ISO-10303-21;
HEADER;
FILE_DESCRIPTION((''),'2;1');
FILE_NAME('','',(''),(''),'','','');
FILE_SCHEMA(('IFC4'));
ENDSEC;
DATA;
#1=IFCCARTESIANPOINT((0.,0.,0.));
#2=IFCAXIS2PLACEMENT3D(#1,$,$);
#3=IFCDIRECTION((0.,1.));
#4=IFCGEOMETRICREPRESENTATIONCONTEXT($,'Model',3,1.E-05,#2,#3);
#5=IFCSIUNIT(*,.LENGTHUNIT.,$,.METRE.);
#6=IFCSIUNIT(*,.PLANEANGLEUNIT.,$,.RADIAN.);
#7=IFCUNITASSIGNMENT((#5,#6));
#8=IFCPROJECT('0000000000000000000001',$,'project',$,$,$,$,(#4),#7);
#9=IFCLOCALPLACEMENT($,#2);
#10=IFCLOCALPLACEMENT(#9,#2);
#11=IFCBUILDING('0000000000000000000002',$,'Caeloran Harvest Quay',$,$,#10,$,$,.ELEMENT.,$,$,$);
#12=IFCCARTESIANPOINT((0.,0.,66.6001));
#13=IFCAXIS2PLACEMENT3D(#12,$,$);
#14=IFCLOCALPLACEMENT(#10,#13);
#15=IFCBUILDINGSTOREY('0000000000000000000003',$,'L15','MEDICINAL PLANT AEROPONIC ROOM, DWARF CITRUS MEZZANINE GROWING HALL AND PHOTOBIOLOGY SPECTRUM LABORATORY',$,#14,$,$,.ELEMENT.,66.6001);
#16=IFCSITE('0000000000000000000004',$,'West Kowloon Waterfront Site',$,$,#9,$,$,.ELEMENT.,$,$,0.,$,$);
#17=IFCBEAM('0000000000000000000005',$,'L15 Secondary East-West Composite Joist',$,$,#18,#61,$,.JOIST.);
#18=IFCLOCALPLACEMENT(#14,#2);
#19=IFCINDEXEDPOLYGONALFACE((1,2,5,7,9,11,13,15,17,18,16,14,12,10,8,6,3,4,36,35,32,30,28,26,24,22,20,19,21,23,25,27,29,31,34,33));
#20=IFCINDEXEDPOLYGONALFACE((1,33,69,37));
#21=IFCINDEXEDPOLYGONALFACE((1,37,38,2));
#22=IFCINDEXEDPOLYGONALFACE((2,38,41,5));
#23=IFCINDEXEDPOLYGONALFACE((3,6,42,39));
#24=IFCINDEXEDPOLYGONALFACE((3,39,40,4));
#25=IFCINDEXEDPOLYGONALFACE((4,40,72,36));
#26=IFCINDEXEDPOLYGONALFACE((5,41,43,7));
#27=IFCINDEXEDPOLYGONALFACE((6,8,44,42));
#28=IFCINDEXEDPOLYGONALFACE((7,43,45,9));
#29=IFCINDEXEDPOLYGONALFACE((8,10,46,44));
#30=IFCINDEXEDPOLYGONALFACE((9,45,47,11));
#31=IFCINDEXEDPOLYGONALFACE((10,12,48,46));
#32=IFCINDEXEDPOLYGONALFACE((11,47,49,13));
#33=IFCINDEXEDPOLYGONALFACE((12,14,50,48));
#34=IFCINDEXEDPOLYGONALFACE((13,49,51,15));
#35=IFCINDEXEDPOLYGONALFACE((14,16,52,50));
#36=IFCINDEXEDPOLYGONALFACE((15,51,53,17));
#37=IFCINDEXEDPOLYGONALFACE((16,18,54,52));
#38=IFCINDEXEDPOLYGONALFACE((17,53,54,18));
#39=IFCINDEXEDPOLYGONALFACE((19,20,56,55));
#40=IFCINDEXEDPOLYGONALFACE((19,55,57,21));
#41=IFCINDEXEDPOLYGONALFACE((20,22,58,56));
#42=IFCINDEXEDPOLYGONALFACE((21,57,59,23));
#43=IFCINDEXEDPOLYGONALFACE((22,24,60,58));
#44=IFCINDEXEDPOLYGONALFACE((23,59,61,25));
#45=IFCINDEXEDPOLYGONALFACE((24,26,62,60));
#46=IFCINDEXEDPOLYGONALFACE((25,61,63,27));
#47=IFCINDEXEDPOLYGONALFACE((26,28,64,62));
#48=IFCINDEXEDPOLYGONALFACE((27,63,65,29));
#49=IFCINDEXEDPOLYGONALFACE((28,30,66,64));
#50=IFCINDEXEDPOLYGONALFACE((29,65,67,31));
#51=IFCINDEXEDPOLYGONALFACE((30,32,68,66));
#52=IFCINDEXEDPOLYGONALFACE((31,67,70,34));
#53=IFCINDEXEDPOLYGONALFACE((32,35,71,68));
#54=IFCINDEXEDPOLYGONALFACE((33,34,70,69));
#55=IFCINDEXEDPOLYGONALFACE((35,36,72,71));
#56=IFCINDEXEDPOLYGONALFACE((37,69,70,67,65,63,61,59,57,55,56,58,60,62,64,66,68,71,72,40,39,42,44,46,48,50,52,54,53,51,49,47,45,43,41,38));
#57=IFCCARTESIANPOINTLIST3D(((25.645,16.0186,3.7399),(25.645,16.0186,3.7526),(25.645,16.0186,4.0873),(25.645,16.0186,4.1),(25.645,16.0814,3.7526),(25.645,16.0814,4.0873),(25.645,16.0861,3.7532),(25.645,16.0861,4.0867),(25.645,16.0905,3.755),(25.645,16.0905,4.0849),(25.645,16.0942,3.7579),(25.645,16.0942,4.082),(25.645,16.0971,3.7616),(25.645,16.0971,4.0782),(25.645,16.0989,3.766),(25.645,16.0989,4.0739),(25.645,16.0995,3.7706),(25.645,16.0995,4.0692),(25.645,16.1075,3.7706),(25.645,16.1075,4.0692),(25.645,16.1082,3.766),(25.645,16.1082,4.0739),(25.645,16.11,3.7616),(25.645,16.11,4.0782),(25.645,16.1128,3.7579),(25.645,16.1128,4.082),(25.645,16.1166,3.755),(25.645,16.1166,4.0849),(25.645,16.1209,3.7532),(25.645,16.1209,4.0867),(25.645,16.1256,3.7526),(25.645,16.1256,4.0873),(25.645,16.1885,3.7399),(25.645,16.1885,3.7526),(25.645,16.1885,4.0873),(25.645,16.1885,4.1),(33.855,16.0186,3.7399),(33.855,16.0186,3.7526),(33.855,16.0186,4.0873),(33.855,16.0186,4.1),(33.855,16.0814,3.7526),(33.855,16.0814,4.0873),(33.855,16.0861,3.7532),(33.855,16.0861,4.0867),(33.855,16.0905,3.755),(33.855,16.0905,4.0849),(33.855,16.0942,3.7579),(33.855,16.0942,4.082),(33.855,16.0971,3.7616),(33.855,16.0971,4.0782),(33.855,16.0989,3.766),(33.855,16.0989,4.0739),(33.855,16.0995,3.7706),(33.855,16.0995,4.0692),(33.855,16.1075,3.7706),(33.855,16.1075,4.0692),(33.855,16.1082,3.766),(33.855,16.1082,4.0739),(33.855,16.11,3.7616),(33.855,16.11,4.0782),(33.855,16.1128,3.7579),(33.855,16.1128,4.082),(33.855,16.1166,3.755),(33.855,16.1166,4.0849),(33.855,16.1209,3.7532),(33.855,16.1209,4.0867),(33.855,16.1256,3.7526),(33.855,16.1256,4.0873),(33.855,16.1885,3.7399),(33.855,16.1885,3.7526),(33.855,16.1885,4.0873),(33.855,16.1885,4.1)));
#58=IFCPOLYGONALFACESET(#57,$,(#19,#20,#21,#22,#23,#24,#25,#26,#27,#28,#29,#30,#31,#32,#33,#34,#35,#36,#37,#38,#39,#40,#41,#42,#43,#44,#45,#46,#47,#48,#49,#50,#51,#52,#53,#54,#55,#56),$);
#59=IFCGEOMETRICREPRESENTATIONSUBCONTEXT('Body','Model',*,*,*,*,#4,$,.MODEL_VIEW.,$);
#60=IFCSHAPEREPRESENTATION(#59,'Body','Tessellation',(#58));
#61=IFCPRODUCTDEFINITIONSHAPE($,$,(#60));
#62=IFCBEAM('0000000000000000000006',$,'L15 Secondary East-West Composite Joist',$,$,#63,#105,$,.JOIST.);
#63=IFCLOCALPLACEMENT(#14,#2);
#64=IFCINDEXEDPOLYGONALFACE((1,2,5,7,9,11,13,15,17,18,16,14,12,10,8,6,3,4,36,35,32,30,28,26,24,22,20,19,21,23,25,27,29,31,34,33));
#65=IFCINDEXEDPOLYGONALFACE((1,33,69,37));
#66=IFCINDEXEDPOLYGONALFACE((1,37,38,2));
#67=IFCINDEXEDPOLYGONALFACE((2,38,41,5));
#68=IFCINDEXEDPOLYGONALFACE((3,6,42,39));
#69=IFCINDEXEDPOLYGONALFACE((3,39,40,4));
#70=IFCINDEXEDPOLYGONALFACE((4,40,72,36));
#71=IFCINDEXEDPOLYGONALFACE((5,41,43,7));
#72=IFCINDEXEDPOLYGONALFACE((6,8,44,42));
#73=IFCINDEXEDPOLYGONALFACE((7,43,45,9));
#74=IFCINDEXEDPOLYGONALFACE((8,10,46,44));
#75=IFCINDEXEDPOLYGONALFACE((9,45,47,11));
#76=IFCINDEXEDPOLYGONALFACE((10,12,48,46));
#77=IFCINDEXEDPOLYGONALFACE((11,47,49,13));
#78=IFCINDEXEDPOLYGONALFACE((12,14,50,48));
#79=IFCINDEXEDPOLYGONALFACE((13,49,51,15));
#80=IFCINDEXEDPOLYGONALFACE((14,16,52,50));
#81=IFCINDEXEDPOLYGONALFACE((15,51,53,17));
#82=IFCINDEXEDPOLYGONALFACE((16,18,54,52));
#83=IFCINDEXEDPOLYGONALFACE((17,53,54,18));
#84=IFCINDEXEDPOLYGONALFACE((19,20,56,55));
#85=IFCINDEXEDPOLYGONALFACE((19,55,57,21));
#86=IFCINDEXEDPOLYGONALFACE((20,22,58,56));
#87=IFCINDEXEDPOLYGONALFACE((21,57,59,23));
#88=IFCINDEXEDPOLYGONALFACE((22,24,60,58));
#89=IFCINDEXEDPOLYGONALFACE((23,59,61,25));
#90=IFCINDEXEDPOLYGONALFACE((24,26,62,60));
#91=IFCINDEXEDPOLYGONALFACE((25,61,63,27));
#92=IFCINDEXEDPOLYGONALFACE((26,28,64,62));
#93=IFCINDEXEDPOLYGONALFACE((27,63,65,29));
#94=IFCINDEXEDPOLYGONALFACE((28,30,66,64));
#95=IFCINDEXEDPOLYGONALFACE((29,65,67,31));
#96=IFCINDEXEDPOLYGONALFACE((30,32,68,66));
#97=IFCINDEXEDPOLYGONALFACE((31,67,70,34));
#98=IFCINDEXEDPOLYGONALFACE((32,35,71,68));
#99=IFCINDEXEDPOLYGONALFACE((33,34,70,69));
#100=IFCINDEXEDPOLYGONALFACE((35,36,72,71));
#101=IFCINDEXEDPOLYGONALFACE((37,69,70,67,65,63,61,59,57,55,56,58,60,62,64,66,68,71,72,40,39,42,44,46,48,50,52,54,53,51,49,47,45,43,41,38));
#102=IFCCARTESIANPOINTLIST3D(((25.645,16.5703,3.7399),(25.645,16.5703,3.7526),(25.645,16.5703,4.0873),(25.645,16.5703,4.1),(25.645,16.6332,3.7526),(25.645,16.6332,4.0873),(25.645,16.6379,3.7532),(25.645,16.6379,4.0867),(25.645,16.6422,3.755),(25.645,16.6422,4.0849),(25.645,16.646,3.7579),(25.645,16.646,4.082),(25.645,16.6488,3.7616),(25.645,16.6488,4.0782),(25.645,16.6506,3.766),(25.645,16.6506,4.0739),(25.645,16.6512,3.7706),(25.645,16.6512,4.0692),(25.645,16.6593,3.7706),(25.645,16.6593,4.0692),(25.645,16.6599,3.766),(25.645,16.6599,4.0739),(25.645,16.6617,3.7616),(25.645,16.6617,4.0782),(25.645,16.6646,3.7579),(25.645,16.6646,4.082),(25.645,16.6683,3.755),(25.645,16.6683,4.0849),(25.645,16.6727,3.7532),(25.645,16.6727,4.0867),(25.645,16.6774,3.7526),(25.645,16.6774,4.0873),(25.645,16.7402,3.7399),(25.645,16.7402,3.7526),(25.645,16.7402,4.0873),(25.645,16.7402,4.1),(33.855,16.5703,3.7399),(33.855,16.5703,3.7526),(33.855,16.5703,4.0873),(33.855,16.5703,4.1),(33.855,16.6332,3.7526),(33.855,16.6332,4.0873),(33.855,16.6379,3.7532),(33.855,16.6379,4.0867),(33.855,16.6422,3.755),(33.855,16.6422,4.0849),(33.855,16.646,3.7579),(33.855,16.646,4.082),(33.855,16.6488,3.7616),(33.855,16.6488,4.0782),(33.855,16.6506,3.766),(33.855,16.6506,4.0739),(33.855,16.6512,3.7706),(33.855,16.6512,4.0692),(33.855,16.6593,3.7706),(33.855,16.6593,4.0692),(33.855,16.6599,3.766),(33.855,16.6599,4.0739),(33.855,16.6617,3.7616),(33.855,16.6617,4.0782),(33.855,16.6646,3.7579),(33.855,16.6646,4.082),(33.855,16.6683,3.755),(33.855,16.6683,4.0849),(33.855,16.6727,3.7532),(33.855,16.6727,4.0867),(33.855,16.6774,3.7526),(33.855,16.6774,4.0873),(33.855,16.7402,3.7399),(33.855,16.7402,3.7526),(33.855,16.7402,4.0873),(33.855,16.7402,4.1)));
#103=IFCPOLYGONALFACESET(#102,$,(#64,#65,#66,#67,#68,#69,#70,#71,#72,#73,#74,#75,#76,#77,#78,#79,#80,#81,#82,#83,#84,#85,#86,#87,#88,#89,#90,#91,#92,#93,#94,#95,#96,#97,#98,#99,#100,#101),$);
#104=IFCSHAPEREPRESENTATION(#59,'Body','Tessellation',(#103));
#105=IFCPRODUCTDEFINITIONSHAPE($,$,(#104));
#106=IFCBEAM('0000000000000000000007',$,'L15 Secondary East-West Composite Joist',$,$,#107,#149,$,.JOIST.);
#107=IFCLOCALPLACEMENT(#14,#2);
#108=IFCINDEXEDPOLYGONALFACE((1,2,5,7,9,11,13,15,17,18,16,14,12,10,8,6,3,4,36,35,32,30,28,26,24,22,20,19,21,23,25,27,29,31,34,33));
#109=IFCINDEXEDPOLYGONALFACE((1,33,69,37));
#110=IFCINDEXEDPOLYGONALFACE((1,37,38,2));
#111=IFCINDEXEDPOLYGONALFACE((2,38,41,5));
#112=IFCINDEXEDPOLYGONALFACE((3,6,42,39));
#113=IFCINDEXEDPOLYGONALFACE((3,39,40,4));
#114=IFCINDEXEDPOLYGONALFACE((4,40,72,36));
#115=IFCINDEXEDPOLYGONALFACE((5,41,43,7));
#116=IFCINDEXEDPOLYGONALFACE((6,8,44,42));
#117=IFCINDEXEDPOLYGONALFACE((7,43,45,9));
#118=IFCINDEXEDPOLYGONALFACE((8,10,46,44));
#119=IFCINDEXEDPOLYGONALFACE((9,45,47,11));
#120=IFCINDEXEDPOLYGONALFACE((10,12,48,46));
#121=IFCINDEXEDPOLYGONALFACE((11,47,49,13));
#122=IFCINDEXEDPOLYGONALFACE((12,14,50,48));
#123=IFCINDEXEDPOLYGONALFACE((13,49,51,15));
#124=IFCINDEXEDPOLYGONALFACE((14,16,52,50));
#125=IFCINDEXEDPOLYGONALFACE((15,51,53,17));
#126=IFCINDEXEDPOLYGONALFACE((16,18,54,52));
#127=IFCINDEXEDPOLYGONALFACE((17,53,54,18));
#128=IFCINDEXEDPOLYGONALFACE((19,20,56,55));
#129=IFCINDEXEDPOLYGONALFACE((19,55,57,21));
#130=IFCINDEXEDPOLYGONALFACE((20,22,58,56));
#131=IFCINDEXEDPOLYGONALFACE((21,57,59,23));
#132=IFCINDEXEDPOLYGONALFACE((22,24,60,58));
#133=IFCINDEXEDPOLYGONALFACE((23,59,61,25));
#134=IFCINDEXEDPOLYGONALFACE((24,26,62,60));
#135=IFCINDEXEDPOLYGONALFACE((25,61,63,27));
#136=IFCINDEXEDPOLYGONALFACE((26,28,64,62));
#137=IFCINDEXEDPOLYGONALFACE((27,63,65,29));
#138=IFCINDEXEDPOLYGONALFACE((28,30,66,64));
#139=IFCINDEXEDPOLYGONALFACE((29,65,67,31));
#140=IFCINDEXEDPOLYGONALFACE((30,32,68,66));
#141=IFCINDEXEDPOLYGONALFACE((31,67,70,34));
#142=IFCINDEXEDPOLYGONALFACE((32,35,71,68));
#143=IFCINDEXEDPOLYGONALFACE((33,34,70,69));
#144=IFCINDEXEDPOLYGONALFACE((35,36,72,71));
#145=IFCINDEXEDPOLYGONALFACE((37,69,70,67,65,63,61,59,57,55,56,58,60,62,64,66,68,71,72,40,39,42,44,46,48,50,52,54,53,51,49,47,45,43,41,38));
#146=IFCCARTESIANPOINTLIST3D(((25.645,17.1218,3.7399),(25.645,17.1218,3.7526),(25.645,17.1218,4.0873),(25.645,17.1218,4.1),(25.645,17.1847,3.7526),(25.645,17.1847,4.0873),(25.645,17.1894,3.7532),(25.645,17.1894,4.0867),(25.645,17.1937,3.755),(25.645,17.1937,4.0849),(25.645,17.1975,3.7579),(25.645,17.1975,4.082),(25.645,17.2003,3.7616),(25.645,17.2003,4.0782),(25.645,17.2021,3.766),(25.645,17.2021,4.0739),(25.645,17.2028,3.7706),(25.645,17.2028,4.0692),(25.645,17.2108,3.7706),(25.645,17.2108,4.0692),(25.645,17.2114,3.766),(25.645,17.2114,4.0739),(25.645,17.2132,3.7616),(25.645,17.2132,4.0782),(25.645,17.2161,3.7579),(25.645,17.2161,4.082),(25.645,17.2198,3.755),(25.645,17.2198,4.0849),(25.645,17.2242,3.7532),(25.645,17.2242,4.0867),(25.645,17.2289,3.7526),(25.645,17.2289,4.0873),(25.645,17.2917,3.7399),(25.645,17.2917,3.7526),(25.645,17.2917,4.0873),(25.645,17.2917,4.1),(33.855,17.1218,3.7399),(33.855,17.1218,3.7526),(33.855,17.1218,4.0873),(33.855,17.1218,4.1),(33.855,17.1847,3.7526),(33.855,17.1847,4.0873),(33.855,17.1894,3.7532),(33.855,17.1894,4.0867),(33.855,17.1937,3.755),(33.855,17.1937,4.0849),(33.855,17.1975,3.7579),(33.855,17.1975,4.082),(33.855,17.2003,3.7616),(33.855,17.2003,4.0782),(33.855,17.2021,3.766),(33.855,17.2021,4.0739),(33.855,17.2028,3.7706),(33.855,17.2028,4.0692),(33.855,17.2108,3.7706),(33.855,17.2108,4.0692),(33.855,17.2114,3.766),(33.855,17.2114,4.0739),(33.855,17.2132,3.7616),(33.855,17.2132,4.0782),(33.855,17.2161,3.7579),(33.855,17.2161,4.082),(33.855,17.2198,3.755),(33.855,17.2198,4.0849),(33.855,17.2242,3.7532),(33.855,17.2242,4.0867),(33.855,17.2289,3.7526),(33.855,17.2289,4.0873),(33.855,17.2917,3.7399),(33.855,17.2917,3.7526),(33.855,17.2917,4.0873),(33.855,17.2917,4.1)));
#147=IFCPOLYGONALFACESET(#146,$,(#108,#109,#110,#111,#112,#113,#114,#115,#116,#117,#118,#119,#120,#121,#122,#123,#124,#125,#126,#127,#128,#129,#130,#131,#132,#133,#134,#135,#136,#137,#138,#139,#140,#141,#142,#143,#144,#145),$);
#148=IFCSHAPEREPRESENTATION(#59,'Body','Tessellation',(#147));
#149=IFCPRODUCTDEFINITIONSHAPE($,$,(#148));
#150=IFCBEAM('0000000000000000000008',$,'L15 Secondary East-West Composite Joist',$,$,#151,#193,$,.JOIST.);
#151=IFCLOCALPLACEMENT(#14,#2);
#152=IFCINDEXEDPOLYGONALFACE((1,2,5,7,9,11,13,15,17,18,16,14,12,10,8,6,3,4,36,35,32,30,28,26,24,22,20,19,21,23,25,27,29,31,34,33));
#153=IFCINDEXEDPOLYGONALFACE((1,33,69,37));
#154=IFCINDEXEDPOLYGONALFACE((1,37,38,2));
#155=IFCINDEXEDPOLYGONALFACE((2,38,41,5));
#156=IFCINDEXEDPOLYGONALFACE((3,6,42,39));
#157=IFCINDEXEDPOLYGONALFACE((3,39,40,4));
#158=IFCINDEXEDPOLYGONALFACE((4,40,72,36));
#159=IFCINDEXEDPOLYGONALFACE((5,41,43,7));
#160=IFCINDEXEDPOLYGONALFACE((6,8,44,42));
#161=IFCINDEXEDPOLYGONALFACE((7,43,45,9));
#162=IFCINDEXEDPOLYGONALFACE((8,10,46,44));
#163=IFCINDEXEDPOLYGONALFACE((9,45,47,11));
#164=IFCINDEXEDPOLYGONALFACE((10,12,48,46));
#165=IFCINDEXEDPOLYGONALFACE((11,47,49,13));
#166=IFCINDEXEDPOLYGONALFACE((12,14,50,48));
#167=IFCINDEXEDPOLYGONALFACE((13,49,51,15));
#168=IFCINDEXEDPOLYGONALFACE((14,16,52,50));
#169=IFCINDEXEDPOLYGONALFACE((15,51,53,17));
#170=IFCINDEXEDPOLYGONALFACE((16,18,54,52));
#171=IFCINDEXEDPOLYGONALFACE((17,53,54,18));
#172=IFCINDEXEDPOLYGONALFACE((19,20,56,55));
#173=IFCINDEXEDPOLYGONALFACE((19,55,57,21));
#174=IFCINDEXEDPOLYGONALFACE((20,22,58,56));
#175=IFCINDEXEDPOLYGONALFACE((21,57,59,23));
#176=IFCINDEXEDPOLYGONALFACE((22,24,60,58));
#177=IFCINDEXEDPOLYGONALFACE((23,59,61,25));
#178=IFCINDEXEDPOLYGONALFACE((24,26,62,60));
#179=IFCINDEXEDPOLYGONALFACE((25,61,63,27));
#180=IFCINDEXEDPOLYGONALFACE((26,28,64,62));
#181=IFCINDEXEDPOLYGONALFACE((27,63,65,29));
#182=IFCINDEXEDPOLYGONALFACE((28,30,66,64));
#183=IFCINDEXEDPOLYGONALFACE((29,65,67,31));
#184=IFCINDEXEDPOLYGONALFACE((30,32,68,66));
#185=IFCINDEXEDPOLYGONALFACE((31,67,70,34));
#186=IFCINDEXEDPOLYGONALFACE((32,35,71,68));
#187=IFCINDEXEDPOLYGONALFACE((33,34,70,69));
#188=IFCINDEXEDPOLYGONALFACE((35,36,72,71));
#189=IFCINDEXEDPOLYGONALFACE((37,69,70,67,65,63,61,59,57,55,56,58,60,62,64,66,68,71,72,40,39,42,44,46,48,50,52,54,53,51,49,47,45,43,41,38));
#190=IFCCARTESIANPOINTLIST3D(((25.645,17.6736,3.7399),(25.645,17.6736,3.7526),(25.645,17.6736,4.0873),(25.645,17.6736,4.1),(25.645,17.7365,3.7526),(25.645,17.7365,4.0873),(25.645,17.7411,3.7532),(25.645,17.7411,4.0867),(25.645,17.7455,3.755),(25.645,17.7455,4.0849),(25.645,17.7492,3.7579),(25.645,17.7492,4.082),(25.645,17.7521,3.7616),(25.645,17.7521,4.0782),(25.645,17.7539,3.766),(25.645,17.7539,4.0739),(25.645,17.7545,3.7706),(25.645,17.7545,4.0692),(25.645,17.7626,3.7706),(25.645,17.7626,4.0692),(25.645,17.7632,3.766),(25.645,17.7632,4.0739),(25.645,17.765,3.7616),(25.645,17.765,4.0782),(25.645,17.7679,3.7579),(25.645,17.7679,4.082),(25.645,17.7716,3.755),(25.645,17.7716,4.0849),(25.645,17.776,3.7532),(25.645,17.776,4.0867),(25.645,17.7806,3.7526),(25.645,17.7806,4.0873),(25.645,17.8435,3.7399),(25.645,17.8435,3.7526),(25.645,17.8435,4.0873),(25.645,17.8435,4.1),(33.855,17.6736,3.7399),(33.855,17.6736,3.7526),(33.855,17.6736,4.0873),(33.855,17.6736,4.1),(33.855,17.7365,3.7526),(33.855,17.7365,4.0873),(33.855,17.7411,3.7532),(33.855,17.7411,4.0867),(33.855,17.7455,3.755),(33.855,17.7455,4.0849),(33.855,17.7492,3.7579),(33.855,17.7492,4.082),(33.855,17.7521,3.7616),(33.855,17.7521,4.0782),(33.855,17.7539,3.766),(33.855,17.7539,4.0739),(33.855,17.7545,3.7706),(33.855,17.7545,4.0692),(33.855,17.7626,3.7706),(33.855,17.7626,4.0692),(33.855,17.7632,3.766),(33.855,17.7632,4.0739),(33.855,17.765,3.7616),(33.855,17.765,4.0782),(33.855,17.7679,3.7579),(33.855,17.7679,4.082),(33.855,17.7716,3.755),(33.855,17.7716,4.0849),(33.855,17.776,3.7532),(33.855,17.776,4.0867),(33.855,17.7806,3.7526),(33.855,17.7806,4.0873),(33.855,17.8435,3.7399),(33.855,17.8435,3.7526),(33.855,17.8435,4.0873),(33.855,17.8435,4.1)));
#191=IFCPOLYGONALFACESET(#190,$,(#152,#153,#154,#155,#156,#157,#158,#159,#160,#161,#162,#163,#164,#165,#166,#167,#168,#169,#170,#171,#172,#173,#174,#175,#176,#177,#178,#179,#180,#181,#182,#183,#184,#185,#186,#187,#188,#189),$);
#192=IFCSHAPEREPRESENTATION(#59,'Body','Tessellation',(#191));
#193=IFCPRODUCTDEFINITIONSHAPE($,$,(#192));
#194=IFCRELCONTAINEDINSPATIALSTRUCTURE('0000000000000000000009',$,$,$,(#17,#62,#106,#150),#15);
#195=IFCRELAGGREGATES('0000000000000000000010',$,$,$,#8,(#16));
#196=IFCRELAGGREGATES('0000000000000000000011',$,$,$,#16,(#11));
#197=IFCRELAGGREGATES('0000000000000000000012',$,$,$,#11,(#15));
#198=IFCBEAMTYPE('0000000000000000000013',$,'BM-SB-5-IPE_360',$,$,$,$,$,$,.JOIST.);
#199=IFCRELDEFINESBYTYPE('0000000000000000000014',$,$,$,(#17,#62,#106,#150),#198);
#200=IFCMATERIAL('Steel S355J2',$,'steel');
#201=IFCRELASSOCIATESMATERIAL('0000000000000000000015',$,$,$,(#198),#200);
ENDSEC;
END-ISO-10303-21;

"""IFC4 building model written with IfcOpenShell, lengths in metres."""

from ifc_helpers import new_model, si_unit, direction, frame, origin, origin_2d, place, context, subcontext, project, spatial, i_section, extrude, material, material_profile, profile_set, type_object, element, save


model = new_model("IFC4")

# Units and contexts
model_context = context("Model", 3, precision=1e-05, world=origin(), true_north=direction((0.0, 1.0)))
body_context = subcontext(model_context, "Body", "Model", "MODEL_VIEW")
ifc_project = project(units=[si_unit("LENGTHUNIT", "METRE"), si_unit("PLANEANGLEUNIT", "RADIAN")], contexts=[model_context])

# Site, building, storey
site_placement = place(None, origin())
site = spatial("IfcSite", under=ifc_project, at=site_placement, Name="West Kowloon Waterfront Site", CompositionType="ELEMENT", RefElevation=0.0)
building_placement = place(site_placement, origin())
building = spatial("IfcBuilding", under=site, at=building_placement, Name="Caeloran Harvest Quay", CompositionType="ELEMENT")
storey_placement = place(building_placement, frame((0.0, 0.0, 66.6001)))
storey = spatial("IfcBuildingStorey", under=building, at=storey_placement, Name="L15", Description="MEDICINAL PLANT AEROPONIC ROOM, DWARF CITRUS MEZZANINE GROWING HALL AND PHOTOBIOLOGY SPECTRUM LABORATORY", CompositionType="ELEMENT", Elevation=66.6001)

# Beams
ifc_material_1 = material(Name="Steel S355J2", Category="steel")
ifc_material_profile_1 = material_profile(ifc_material_1, i_section(OverallWidth=0.1699, OverallDepth=0.3601, WebThickness=0.0081, FlangeThickness=0.0127, FilletRadius=0.0181, at=origin_2d()), Name="IPE 360")
ifc_profile_set_1 = profile_set([ifc_material_profile_1], Name="Steel S355J2")
beam_type_1 = type_object("IfcBeamType", Name="BM-SB-5-IPE_360", PredefinedType="JOIST", material=ifc_profile_set_1)
for number, where, z_axis, x_axis, name in (
    (1, (25.645, 16.1035, 3.9199), (1.0, 0.0, 0.0), (0.0, 1.0, 0.0), "L15 Secondary East-West Composite Joist"),
    (2, (25.645, 16.6553, 3.9199), (1.0, 0.0, 0.0), (0.0, 1.0, 0.0), "L15 Secondary East-West Composite Joist"),
    (3, (25.645, 17.2068, 3.9199), (1.0, 0.0, 0.0), (0.0, 1.0, 0.0), "L15 Secondary East-West Composite Joist"),
    (4, (25.645, 17.7585, 3.9199), (1.0, 0.0, 0.0), (0.0, 1.0, 0.0), "L15 Secondary East-West Composite Joist"),
):
    element("IfcBeam", number, at=place(storey_placement, frame(where, z_axis=z_axis, x_axis=x_axis)), inside=storey, type_object=beam_type_1, Name=name, PredefinedType="JOIST", context=body_context, shape_type="SweptSolid", body=[
        extrude(i_section(OverallWidth=0.1699, OverallDepth=0.3601, WebThickness=0.0081, FlangeThickness=0.0127, FilletRadius=0.0181, at=origin_2d()), origin(), (0.0, 0.0, 1.0), 8.21),
    ])

save(model, "model.ifc")
